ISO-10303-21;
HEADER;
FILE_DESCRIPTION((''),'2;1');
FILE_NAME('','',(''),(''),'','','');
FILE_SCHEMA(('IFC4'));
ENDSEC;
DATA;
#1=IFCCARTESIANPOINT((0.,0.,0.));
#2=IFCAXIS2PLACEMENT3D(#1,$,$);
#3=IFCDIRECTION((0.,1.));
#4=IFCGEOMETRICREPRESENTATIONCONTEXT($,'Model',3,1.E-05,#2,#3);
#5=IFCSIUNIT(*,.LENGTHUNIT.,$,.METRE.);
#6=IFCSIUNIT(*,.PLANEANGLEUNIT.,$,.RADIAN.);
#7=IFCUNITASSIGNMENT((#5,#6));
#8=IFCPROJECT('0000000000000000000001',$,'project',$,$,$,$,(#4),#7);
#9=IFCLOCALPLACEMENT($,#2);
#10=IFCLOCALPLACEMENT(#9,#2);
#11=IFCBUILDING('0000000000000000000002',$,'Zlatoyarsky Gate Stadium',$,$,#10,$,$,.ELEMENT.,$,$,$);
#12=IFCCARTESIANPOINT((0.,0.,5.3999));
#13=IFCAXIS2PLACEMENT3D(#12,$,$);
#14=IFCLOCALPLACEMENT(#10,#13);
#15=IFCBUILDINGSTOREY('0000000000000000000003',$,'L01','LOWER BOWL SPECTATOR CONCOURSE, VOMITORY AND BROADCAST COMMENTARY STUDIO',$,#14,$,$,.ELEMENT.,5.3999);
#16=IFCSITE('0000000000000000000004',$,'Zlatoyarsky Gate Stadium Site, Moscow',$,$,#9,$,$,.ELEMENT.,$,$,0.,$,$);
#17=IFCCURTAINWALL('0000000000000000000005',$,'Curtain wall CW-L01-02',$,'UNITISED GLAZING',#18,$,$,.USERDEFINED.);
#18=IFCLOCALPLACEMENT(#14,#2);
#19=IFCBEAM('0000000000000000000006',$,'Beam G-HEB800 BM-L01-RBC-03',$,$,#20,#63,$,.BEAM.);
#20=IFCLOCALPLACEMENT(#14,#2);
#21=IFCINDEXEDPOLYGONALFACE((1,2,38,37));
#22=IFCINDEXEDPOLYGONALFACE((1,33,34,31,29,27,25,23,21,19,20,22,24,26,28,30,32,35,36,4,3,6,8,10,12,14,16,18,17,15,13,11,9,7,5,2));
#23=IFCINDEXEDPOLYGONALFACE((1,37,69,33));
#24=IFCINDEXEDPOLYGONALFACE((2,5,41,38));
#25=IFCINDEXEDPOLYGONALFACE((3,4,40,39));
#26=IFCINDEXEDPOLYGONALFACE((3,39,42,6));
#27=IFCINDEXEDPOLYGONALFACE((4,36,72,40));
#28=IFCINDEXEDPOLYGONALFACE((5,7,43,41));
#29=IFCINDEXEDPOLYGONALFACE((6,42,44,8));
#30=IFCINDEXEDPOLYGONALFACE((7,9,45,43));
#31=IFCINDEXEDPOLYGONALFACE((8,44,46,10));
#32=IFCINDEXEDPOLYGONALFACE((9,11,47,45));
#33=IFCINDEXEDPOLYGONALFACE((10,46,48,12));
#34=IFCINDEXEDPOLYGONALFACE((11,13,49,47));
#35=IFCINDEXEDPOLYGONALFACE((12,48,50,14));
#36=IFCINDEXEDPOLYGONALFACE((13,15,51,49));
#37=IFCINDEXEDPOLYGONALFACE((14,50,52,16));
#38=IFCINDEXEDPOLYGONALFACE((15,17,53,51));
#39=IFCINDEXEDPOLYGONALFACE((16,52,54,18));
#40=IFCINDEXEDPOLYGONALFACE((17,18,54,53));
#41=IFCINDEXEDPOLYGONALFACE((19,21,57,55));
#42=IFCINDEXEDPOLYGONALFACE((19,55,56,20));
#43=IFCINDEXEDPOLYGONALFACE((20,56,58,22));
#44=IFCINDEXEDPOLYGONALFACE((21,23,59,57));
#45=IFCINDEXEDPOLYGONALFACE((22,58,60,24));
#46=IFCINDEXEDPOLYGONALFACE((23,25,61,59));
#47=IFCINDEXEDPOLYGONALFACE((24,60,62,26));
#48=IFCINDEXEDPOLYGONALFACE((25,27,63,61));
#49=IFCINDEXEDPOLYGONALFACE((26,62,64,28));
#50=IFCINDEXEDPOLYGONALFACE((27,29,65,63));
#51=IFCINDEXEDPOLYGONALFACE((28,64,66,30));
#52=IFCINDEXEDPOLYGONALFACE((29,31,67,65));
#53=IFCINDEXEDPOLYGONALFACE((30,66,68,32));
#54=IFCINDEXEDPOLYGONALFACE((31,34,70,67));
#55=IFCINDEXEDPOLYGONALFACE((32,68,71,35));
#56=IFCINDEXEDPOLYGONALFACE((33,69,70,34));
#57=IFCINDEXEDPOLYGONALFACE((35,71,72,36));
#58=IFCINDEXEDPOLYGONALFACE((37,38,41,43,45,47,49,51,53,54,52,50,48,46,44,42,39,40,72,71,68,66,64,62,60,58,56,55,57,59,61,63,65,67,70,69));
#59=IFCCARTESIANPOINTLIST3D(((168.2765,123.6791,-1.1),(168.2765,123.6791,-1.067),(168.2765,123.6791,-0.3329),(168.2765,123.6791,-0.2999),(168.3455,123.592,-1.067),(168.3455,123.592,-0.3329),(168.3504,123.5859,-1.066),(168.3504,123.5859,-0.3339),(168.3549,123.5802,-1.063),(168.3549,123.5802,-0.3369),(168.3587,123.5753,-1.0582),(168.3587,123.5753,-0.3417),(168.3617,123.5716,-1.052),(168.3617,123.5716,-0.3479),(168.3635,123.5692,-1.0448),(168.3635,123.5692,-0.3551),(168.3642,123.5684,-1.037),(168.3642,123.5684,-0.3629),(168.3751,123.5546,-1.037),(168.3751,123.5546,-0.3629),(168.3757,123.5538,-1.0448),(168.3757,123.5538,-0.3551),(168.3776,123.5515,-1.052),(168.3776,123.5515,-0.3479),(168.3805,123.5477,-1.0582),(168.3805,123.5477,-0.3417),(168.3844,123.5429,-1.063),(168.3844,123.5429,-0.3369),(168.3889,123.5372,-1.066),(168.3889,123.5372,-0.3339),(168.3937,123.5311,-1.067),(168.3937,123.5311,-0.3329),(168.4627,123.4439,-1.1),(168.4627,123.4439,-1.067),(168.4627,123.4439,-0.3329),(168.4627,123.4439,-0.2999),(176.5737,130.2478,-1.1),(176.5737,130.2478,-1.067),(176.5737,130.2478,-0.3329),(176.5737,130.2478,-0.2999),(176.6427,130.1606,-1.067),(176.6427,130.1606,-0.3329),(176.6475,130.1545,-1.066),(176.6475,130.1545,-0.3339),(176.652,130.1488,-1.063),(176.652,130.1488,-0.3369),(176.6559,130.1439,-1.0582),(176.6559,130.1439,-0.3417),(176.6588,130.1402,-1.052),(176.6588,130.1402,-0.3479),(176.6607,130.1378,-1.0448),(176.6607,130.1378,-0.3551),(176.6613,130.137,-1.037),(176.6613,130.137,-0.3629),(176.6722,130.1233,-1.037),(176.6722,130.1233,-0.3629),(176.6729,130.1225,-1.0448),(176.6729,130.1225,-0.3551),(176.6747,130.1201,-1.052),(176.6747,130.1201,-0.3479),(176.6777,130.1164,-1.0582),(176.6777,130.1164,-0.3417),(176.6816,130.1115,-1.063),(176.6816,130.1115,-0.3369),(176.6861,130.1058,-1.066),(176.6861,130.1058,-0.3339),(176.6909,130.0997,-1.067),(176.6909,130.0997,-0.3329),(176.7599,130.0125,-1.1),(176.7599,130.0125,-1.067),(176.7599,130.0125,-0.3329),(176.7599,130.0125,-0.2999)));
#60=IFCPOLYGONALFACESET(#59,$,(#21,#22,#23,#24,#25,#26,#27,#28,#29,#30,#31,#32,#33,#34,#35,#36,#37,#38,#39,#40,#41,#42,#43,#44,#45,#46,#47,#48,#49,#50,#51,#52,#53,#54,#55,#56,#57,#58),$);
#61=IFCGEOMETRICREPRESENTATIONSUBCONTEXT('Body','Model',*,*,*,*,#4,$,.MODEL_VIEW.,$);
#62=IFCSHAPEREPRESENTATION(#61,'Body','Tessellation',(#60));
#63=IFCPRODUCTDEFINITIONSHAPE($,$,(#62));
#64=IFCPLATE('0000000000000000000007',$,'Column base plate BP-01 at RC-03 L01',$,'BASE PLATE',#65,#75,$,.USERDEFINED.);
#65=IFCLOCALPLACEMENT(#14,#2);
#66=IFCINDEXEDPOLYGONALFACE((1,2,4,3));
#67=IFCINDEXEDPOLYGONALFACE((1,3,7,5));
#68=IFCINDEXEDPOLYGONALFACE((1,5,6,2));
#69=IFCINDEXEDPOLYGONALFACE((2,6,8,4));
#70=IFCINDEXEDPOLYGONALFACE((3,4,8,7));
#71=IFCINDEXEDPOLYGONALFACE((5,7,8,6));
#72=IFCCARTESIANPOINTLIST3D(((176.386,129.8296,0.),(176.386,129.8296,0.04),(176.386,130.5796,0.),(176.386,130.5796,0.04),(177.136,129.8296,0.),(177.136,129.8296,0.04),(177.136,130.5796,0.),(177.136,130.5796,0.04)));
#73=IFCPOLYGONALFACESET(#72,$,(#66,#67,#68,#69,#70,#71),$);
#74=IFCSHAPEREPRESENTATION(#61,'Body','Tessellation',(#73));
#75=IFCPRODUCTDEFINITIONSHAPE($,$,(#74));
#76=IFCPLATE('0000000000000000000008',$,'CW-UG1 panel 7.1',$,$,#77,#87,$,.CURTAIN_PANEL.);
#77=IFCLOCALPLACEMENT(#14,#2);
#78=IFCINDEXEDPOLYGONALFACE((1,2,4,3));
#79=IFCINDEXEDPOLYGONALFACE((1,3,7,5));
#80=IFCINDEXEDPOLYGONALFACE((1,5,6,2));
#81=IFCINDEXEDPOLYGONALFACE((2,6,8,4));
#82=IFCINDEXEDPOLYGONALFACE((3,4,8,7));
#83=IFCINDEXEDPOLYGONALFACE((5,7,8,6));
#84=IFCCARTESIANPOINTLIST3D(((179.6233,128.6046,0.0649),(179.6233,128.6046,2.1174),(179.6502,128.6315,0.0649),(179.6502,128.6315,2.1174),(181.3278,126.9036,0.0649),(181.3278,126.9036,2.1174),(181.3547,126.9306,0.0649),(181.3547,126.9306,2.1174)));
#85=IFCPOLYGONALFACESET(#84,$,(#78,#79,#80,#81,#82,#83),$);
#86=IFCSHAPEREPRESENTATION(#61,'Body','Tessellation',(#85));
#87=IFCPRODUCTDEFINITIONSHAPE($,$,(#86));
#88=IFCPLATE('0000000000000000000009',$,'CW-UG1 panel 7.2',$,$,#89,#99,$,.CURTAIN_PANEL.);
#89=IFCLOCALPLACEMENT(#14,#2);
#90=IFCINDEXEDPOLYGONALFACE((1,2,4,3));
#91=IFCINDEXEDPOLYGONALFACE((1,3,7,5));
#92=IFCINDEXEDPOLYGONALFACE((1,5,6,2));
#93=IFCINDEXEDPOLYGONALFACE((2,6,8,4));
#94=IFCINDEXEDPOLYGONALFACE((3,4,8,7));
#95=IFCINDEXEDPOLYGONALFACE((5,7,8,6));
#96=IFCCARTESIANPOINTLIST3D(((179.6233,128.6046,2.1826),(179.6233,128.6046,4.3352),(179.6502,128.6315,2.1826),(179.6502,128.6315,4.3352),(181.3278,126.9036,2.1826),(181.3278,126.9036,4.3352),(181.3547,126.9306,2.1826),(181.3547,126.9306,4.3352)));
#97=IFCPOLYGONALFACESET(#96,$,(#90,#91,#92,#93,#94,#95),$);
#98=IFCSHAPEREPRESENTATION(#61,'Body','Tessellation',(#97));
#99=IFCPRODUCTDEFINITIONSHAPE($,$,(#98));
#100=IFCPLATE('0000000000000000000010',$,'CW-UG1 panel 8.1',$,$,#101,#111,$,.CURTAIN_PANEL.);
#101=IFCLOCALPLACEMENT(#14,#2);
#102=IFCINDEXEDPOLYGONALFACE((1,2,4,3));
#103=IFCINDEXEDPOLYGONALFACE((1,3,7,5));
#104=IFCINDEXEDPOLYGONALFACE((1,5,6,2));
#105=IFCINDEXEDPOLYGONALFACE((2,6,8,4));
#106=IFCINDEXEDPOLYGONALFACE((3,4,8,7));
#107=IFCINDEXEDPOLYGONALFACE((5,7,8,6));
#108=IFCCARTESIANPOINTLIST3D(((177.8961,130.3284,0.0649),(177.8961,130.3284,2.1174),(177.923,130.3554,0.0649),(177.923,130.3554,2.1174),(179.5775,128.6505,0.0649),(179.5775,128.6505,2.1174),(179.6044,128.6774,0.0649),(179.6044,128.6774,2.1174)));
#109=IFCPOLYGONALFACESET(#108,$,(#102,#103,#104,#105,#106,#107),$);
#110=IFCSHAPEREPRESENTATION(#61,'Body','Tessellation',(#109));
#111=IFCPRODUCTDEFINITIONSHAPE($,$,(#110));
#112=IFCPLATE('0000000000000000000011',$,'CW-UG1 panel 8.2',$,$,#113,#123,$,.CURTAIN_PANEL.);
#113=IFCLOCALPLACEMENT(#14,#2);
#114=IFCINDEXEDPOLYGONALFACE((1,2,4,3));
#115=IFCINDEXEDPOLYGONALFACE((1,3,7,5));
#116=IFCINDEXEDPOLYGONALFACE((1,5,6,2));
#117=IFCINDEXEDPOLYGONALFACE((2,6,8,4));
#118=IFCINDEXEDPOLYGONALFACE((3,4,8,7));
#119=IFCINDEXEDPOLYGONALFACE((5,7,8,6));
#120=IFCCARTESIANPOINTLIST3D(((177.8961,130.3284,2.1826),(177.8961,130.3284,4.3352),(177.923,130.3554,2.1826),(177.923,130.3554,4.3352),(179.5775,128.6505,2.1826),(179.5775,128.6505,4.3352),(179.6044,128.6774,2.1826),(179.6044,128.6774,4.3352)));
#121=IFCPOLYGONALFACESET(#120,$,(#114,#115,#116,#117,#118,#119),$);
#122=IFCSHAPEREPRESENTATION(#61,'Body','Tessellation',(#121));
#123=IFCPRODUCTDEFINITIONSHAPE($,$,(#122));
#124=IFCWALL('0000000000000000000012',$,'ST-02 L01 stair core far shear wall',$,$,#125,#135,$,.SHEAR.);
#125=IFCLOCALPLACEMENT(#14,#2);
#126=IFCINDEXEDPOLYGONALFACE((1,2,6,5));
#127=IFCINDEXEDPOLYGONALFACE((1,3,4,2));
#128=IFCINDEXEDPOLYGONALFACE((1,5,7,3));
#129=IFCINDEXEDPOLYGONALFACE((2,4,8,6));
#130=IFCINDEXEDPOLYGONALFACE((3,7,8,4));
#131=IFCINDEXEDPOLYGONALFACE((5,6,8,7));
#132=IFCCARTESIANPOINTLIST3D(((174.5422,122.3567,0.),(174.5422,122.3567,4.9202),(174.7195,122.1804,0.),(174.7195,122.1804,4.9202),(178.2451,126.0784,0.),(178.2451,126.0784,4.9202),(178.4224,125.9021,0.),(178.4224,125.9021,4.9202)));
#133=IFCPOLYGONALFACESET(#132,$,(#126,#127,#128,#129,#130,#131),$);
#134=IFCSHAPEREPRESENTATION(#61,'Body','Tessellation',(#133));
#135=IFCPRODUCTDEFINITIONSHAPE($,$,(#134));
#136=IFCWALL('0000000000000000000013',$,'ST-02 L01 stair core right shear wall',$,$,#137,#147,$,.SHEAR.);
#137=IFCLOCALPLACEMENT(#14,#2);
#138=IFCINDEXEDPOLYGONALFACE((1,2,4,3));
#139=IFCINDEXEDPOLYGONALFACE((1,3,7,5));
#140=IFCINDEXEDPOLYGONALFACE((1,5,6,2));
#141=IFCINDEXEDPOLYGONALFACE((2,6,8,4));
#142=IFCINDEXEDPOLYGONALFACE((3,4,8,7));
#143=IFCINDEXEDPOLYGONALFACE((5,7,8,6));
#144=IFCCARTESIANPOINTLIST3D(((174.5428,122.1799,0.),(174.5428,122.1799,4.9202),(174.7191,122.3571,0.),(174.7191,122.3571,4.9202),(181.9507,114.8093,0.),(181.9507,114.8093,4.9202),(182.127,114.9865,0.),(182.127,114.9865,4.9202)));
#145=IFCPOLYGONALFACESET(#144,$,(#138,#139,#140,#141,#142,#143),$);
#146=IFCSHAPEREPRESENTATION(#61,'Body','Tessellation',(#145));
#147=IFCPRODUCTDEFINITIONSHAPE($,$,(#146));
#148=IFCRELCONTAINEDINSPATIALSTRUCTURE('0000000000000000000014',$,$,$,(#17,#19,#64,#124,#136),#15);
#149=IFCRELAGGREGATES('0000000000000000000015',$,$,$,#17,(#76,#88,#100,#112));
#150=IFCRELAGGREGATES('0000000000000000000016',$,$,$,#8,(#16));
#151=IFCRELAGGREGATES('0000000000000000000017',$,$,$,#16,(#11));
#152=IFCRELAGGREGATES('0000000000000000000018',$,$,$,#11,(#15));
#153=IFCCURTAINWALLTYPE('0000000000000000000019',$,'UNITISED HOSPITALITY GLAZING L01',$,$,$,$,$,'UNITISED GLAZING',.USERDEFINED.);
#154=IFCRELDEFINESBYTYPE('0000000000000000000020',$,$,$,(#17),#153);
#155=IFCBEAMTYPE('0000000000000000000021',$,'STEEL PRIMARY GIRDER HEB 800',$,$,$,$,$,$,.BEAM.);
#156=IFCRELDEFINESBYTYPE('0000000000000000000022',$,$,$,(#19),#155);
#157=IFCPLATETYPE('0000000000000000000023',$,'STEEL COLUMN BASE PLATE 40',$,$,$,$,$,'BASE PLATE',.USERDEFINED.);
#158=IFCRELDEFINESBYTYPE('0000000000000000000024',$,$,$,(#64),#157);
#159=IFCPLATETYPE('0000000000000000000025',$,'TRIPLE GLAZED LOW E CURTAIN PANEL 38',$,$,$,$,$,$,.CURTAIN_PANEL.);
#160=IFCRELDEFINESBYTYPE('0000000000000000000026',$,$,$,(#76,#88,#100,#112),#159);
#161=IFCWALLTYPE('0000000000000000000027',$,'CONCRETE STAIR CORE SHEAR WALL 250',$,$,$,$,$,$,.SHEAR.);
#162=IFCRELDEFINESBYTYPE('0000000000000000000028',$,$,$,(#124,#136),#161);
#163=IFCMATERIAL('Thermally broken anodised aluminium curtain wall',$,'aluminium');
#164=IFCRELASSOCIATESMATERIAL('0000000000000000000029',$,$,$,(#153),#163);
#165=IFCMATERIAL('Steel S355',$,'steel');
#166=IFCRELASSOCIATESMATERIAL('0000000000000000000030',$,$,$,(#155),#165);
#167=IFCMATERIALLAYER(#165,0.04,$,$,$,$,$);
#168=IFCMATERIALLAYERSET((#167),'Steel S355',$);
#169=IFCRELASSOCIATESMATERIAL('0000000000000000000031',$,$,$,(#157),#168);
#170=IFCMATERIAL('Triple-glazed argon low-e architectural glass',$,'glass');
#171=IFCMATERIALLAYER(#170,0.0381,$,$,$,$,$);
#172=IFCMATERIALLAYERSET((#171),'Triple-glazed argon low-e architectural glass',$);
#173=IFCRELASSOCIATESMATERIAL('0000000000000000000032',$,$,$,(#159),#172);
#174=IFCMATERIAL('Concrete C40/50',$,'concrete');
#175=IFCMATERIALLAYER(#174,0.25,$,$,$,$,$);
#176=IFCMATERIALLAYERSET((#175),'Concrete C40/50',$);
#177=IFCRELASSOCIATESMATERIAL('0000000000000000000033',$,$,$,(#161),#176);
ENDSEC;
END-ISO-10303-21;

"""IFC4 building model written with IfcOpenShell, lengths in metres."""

from ifc_helpers import new_model, si_unit, direction, frame, frame_2d, origin, origin_2d, place, context, subcontext, project, spatial, rectangle, i_section, extrude, material, layer, layer_set, material_profile, profile_set, type_object, element, aggregate, save


model = new_model("IFC4")

# Units and contexts
model_context = context("Model", 3, precision=1e-05, world=origin(), true_north=direction((0.0, 1.0)))
body_context = subcontext(model_context, "Body", "Model", "MODEL_VIEW")
ifc_project = project(units=[si_unit("LENGTHUNIT", "METRE"), si_unit("PLANEANGLEUNIT", "RADIAN")], contexts=[model_context])

# Site, building, storey
site_placement = place(None, origin())
site = spatial("IfcSite", under=ifc_project, at=site_placement, Name="Zlatoyarsky Gate Stadium Site, Moscow", CompositionType="ELEMENT", RefElevation=0.0)
building_placement = place(site_placement, origin())
building = spatial("IfcBuilding", under=site, at=building_placement, Name="Zlatoyarsky Gate Stadium", CompositionType="ELEMENT")
storey_placement = place(building_placement, frame((0.0, 0.0, 5.3999)))
storey = spatial("IfcBuildingStorey", under=building, at=storey_placement, Name="L01", Description="LOWER BOWL SPECTATOR CONCOURSE, VOMITORY AND BROADCAST COMMENTARY STUDIO", CompositionType="ELEMENT", Elevation=5.3999)

# Shared definitions
ifc_material_1 = material(Name="Concrete C40/50", Category="concrete")
ifc_material_2 = material(Name="Steel S355", Category="steel")

# Curtain wall
ifc_material_3 = material(Name="Thermally broken anodised aluminium curtain wall", Category="aluminium")
curtain_wall_type = type_object("IfcCurtainWallType", Name="UNITISED HOSPITALITY GLAZING L01", ElementType="UNITISED GLAZING", PredefinedType="USERDEFINED", material=ifc_material_3)
curtain_wall_1_placement = place(storey_placement, origin())
curtain_wall_1 = element("IfcCurtainWall", 1, at=curtain_wall_1_placement, inside=storey, type_object=curtain_wall_type, Name="Curtain wall CW-L01-02", ObjectType="UNITISED GLAZING", PredefinedType="USERDEFINED")

# Beam
ifc_material_profile_1 = material_profile(ifc_material_2, i_section(OverallWidth=0.3, OverallDepth=0.8, WebThickness=0.0176, FlangeThickness=0.033, FilletRadius=0.03, at=origin_2d()), Name="HEB 800")
ifc_profile_set_1 = profile_set([ifc_material_profile_1], Name="Steel S355")
beam_type_1 = type_object("IfcBeamType", Name="STEEL PRIMARY GIRDER HEB 800", PredefinedType="BEAM", material=ifc_profile_set_1)
beam_1_placement = place(storey_placement, frame((168.3696, 123.5615, -0.7), z_axis=(0.784043, 0.620706, 0.0), x_axis=(-0.620706, 0.784043, 0.0)))
element("IfcBeam", 2, at=beam_1_placement, inside=storey, type_object=beam_type_1, Name="Beam G-HEB800 BM-L01-RBC-03", PredefinedType="BEAM", context=body_context, shape_type="SweptSolid", body=[
    extrude(i_section(OverallWidth=0.3, OverallDepth=0.8, WebThickness=0.0176, FlangeThickness=0.033, FilletRadius=0.03, at=origin_2d()), origin(), (0.0, 0.0, 1.0), 10.5825),
])

# Plates
ifc_layer_1 = layer(ifc_material_2, 0.04)
ifc_layer_set_1 = layer_set([ifc_layer_1], Name="Steel S355")
plate_type_1 = type_object("IfcPlateType", Name="STEEL COLUMN BASE PLATE 40", ElementType="BASE PLATE", PredefinedType="USERDEFINED", material=ifc_layer_set_1)
plate_1_placement = place(storey_placement, frame((176.761, 130.2046, 0.0), z_axis=(0.0, 0.0, 1.0), x_axis=(1.0, 0.0, 0.0)))
element("IfcPlate", 3, at=plate_1_placement, inside=storey, type_object=plate_type_1, Name="Column base plate BP-01 at RC-03 L01", ObjectType="BASE PLATE", PredefinedType="USERDEFINED", context=body_context, shape_type="SweptSolid", body=[
    extrude(rectangle(XDim=0.75, YDim=0.75, at=origin_2d()), origin(), (0.0, 0.0, 1.0), 0.04),
])
ifc_material_4 = material(Name="Triple-glazed argon low-e architectural glass", Category="glass")
ifc_layer_2 = layer(ifc_material_4, 0.0381)
ifc_layer_set_2 = layer_set([ifc_layer_2], Name="Triple-glazed argon low-e architectural glass")
plate_type_2 = type_object("IfcPlateType", Name="TRIPLE GLAZED LOW E CURTAIN PANEL 38", PredefinedType="CURTAIN_PANEL", material=ifc_layer_set_2)
plate_2_placement = place(storey_placement, frame((180.489, 127.7676, 0.0649), z_axis=(0.0, 0.0, 1.0), x_axis=(-0.707842, 0.706371, 0.0)))
plate_2 = element("IfcPlate", 4, at=plate_2_placement, type_object=plate_type_2, Name="CW-UG1 panel 7.1", PredefinedType="CURTAIN_PANEL", context=body_context, shape_type="SweptSolid", body=[
    extrude(rectangle(XDim=2.408, YDim=0.0381, at=origin_2d()), origin(), (0.0, 0.0, 1.0), 2.0525),
])
plate_3_placement = place(storey_placement, frame((180.489, 127.7676, 2.1826), z_axis=(0.0, 0.0, 1.0), x_axis=(-0.707842, 0.706371, 0.0)))
plate_3 = element("IfcPlate", 5, at=plate_3_placement, type_object=plate_type_2, Name="CW-UG1 panel 7.2", PredefinedType="CURTAIN_PANEL", context=body_context, shape_type="SweptSolid", body=[
    extrude(rectangle(XDim=2.408, YDim=0.0381, at=origin_2d()), origin(), (0.0, 0.0, 1.0), 2.1526),
])
plate_4_placement = place(storey_placement, frame((178.7502, 129.5029, 0.0649), z_axis=(0.0, 0.0, 1.0), x_axis=(-0.707842, 0.706371, 0.0)))
plate_4 = element("IfcPlate", 6, at=plate_4_placement, type_object=plate_type_2, Name="CW-UG1 panel 8.1", PredefinedType="CURTAIN_PANEL", context=body_context, shape_type="SweptSolid", body=[
    extrude(rectangle(XDim=2.3755, YDim=0.0381, at=origin_2d()), origin(), (0.0, 0.0, 1.0), 2.0525),
])
plate_5_placement = place(storey_placement, frame((178.7502, 129.5029, 2.1826), z_axis=(0.0, 0.0, 1.0), x_axis=(-0.707842, 0.706371, 0.0)))
plate_5 = element("IfcPlate", 7, at=plate_5_placement, type_object=plate_type_2, Name="CW-UG1 panel 8.2", PredefinedType="CURTAIN_PANEL", context=body_context, shape_type="SweptSolid", body=[
    extrude(rectangle(XDim=2.3755, YDim=0.0381, at=origin_2d()), origin(), (0.0, 0.0, 1.0), 2.1526),
])
aggregate(curtain_wall_1, [plate_2, plate_3, plate_4, plate_5])

# Walls
ifc_layer_3 = layer(ifc_material_1, 0.25)
ifc_layer_set_3 = layer_set([ifc_layer_3], Name="Concrete C40/50")
wall_type = type_object("IfcWallType", Name="CONCRETE STAIR CORE SHEAR WALL 250", PredefinedType="SHEAR", material=ifc_layer_set_3)
wall_1_placement = place(storey_placement, frame((178.3337, 125.9902, 0.0), z_axis=(0.0, 0.0, 1.0), x_axis=(-0.705314, -0.708895, 0.0)))
element("IfcWall", 8, at=wall_1_placement, inside=storey, type_object=wall_type, Name="ST-02 L01 stair core far shear wall", PredefinedType="SHEAR", context=body_context, shape_type="SweptSolid", body=[
    extrude(rectangle(XDim=5.25, YDim=0.25, at=frame_2d((2.625, 0.0))), origin(), (0.0, 0.0, 1.0), 4.9202),
])
wall_2_placement = place(storey_placement, frame((174.6309, 122.2686, 0.0), z_axis=(0.0, 0.0, 1.0), x_axis=(0.708892, -0.705317, 0.0)))
element("IfcWall", 9, at=wall_2_placement, inside=storey, type_object=wall_type, Name="ST-02 L01 stair core right shear wall", PredefinedType="SHEAR", context=body_context, shape_type="SweptSolid", body=[
    extrude(rectangle(XDim=10.45, YDim=0.25, at=frame_2d((5.2251, 0.0))), origin(), (0.0, 0.0, 1.0), 4.9202),
])

save(model, "model.ifc")
